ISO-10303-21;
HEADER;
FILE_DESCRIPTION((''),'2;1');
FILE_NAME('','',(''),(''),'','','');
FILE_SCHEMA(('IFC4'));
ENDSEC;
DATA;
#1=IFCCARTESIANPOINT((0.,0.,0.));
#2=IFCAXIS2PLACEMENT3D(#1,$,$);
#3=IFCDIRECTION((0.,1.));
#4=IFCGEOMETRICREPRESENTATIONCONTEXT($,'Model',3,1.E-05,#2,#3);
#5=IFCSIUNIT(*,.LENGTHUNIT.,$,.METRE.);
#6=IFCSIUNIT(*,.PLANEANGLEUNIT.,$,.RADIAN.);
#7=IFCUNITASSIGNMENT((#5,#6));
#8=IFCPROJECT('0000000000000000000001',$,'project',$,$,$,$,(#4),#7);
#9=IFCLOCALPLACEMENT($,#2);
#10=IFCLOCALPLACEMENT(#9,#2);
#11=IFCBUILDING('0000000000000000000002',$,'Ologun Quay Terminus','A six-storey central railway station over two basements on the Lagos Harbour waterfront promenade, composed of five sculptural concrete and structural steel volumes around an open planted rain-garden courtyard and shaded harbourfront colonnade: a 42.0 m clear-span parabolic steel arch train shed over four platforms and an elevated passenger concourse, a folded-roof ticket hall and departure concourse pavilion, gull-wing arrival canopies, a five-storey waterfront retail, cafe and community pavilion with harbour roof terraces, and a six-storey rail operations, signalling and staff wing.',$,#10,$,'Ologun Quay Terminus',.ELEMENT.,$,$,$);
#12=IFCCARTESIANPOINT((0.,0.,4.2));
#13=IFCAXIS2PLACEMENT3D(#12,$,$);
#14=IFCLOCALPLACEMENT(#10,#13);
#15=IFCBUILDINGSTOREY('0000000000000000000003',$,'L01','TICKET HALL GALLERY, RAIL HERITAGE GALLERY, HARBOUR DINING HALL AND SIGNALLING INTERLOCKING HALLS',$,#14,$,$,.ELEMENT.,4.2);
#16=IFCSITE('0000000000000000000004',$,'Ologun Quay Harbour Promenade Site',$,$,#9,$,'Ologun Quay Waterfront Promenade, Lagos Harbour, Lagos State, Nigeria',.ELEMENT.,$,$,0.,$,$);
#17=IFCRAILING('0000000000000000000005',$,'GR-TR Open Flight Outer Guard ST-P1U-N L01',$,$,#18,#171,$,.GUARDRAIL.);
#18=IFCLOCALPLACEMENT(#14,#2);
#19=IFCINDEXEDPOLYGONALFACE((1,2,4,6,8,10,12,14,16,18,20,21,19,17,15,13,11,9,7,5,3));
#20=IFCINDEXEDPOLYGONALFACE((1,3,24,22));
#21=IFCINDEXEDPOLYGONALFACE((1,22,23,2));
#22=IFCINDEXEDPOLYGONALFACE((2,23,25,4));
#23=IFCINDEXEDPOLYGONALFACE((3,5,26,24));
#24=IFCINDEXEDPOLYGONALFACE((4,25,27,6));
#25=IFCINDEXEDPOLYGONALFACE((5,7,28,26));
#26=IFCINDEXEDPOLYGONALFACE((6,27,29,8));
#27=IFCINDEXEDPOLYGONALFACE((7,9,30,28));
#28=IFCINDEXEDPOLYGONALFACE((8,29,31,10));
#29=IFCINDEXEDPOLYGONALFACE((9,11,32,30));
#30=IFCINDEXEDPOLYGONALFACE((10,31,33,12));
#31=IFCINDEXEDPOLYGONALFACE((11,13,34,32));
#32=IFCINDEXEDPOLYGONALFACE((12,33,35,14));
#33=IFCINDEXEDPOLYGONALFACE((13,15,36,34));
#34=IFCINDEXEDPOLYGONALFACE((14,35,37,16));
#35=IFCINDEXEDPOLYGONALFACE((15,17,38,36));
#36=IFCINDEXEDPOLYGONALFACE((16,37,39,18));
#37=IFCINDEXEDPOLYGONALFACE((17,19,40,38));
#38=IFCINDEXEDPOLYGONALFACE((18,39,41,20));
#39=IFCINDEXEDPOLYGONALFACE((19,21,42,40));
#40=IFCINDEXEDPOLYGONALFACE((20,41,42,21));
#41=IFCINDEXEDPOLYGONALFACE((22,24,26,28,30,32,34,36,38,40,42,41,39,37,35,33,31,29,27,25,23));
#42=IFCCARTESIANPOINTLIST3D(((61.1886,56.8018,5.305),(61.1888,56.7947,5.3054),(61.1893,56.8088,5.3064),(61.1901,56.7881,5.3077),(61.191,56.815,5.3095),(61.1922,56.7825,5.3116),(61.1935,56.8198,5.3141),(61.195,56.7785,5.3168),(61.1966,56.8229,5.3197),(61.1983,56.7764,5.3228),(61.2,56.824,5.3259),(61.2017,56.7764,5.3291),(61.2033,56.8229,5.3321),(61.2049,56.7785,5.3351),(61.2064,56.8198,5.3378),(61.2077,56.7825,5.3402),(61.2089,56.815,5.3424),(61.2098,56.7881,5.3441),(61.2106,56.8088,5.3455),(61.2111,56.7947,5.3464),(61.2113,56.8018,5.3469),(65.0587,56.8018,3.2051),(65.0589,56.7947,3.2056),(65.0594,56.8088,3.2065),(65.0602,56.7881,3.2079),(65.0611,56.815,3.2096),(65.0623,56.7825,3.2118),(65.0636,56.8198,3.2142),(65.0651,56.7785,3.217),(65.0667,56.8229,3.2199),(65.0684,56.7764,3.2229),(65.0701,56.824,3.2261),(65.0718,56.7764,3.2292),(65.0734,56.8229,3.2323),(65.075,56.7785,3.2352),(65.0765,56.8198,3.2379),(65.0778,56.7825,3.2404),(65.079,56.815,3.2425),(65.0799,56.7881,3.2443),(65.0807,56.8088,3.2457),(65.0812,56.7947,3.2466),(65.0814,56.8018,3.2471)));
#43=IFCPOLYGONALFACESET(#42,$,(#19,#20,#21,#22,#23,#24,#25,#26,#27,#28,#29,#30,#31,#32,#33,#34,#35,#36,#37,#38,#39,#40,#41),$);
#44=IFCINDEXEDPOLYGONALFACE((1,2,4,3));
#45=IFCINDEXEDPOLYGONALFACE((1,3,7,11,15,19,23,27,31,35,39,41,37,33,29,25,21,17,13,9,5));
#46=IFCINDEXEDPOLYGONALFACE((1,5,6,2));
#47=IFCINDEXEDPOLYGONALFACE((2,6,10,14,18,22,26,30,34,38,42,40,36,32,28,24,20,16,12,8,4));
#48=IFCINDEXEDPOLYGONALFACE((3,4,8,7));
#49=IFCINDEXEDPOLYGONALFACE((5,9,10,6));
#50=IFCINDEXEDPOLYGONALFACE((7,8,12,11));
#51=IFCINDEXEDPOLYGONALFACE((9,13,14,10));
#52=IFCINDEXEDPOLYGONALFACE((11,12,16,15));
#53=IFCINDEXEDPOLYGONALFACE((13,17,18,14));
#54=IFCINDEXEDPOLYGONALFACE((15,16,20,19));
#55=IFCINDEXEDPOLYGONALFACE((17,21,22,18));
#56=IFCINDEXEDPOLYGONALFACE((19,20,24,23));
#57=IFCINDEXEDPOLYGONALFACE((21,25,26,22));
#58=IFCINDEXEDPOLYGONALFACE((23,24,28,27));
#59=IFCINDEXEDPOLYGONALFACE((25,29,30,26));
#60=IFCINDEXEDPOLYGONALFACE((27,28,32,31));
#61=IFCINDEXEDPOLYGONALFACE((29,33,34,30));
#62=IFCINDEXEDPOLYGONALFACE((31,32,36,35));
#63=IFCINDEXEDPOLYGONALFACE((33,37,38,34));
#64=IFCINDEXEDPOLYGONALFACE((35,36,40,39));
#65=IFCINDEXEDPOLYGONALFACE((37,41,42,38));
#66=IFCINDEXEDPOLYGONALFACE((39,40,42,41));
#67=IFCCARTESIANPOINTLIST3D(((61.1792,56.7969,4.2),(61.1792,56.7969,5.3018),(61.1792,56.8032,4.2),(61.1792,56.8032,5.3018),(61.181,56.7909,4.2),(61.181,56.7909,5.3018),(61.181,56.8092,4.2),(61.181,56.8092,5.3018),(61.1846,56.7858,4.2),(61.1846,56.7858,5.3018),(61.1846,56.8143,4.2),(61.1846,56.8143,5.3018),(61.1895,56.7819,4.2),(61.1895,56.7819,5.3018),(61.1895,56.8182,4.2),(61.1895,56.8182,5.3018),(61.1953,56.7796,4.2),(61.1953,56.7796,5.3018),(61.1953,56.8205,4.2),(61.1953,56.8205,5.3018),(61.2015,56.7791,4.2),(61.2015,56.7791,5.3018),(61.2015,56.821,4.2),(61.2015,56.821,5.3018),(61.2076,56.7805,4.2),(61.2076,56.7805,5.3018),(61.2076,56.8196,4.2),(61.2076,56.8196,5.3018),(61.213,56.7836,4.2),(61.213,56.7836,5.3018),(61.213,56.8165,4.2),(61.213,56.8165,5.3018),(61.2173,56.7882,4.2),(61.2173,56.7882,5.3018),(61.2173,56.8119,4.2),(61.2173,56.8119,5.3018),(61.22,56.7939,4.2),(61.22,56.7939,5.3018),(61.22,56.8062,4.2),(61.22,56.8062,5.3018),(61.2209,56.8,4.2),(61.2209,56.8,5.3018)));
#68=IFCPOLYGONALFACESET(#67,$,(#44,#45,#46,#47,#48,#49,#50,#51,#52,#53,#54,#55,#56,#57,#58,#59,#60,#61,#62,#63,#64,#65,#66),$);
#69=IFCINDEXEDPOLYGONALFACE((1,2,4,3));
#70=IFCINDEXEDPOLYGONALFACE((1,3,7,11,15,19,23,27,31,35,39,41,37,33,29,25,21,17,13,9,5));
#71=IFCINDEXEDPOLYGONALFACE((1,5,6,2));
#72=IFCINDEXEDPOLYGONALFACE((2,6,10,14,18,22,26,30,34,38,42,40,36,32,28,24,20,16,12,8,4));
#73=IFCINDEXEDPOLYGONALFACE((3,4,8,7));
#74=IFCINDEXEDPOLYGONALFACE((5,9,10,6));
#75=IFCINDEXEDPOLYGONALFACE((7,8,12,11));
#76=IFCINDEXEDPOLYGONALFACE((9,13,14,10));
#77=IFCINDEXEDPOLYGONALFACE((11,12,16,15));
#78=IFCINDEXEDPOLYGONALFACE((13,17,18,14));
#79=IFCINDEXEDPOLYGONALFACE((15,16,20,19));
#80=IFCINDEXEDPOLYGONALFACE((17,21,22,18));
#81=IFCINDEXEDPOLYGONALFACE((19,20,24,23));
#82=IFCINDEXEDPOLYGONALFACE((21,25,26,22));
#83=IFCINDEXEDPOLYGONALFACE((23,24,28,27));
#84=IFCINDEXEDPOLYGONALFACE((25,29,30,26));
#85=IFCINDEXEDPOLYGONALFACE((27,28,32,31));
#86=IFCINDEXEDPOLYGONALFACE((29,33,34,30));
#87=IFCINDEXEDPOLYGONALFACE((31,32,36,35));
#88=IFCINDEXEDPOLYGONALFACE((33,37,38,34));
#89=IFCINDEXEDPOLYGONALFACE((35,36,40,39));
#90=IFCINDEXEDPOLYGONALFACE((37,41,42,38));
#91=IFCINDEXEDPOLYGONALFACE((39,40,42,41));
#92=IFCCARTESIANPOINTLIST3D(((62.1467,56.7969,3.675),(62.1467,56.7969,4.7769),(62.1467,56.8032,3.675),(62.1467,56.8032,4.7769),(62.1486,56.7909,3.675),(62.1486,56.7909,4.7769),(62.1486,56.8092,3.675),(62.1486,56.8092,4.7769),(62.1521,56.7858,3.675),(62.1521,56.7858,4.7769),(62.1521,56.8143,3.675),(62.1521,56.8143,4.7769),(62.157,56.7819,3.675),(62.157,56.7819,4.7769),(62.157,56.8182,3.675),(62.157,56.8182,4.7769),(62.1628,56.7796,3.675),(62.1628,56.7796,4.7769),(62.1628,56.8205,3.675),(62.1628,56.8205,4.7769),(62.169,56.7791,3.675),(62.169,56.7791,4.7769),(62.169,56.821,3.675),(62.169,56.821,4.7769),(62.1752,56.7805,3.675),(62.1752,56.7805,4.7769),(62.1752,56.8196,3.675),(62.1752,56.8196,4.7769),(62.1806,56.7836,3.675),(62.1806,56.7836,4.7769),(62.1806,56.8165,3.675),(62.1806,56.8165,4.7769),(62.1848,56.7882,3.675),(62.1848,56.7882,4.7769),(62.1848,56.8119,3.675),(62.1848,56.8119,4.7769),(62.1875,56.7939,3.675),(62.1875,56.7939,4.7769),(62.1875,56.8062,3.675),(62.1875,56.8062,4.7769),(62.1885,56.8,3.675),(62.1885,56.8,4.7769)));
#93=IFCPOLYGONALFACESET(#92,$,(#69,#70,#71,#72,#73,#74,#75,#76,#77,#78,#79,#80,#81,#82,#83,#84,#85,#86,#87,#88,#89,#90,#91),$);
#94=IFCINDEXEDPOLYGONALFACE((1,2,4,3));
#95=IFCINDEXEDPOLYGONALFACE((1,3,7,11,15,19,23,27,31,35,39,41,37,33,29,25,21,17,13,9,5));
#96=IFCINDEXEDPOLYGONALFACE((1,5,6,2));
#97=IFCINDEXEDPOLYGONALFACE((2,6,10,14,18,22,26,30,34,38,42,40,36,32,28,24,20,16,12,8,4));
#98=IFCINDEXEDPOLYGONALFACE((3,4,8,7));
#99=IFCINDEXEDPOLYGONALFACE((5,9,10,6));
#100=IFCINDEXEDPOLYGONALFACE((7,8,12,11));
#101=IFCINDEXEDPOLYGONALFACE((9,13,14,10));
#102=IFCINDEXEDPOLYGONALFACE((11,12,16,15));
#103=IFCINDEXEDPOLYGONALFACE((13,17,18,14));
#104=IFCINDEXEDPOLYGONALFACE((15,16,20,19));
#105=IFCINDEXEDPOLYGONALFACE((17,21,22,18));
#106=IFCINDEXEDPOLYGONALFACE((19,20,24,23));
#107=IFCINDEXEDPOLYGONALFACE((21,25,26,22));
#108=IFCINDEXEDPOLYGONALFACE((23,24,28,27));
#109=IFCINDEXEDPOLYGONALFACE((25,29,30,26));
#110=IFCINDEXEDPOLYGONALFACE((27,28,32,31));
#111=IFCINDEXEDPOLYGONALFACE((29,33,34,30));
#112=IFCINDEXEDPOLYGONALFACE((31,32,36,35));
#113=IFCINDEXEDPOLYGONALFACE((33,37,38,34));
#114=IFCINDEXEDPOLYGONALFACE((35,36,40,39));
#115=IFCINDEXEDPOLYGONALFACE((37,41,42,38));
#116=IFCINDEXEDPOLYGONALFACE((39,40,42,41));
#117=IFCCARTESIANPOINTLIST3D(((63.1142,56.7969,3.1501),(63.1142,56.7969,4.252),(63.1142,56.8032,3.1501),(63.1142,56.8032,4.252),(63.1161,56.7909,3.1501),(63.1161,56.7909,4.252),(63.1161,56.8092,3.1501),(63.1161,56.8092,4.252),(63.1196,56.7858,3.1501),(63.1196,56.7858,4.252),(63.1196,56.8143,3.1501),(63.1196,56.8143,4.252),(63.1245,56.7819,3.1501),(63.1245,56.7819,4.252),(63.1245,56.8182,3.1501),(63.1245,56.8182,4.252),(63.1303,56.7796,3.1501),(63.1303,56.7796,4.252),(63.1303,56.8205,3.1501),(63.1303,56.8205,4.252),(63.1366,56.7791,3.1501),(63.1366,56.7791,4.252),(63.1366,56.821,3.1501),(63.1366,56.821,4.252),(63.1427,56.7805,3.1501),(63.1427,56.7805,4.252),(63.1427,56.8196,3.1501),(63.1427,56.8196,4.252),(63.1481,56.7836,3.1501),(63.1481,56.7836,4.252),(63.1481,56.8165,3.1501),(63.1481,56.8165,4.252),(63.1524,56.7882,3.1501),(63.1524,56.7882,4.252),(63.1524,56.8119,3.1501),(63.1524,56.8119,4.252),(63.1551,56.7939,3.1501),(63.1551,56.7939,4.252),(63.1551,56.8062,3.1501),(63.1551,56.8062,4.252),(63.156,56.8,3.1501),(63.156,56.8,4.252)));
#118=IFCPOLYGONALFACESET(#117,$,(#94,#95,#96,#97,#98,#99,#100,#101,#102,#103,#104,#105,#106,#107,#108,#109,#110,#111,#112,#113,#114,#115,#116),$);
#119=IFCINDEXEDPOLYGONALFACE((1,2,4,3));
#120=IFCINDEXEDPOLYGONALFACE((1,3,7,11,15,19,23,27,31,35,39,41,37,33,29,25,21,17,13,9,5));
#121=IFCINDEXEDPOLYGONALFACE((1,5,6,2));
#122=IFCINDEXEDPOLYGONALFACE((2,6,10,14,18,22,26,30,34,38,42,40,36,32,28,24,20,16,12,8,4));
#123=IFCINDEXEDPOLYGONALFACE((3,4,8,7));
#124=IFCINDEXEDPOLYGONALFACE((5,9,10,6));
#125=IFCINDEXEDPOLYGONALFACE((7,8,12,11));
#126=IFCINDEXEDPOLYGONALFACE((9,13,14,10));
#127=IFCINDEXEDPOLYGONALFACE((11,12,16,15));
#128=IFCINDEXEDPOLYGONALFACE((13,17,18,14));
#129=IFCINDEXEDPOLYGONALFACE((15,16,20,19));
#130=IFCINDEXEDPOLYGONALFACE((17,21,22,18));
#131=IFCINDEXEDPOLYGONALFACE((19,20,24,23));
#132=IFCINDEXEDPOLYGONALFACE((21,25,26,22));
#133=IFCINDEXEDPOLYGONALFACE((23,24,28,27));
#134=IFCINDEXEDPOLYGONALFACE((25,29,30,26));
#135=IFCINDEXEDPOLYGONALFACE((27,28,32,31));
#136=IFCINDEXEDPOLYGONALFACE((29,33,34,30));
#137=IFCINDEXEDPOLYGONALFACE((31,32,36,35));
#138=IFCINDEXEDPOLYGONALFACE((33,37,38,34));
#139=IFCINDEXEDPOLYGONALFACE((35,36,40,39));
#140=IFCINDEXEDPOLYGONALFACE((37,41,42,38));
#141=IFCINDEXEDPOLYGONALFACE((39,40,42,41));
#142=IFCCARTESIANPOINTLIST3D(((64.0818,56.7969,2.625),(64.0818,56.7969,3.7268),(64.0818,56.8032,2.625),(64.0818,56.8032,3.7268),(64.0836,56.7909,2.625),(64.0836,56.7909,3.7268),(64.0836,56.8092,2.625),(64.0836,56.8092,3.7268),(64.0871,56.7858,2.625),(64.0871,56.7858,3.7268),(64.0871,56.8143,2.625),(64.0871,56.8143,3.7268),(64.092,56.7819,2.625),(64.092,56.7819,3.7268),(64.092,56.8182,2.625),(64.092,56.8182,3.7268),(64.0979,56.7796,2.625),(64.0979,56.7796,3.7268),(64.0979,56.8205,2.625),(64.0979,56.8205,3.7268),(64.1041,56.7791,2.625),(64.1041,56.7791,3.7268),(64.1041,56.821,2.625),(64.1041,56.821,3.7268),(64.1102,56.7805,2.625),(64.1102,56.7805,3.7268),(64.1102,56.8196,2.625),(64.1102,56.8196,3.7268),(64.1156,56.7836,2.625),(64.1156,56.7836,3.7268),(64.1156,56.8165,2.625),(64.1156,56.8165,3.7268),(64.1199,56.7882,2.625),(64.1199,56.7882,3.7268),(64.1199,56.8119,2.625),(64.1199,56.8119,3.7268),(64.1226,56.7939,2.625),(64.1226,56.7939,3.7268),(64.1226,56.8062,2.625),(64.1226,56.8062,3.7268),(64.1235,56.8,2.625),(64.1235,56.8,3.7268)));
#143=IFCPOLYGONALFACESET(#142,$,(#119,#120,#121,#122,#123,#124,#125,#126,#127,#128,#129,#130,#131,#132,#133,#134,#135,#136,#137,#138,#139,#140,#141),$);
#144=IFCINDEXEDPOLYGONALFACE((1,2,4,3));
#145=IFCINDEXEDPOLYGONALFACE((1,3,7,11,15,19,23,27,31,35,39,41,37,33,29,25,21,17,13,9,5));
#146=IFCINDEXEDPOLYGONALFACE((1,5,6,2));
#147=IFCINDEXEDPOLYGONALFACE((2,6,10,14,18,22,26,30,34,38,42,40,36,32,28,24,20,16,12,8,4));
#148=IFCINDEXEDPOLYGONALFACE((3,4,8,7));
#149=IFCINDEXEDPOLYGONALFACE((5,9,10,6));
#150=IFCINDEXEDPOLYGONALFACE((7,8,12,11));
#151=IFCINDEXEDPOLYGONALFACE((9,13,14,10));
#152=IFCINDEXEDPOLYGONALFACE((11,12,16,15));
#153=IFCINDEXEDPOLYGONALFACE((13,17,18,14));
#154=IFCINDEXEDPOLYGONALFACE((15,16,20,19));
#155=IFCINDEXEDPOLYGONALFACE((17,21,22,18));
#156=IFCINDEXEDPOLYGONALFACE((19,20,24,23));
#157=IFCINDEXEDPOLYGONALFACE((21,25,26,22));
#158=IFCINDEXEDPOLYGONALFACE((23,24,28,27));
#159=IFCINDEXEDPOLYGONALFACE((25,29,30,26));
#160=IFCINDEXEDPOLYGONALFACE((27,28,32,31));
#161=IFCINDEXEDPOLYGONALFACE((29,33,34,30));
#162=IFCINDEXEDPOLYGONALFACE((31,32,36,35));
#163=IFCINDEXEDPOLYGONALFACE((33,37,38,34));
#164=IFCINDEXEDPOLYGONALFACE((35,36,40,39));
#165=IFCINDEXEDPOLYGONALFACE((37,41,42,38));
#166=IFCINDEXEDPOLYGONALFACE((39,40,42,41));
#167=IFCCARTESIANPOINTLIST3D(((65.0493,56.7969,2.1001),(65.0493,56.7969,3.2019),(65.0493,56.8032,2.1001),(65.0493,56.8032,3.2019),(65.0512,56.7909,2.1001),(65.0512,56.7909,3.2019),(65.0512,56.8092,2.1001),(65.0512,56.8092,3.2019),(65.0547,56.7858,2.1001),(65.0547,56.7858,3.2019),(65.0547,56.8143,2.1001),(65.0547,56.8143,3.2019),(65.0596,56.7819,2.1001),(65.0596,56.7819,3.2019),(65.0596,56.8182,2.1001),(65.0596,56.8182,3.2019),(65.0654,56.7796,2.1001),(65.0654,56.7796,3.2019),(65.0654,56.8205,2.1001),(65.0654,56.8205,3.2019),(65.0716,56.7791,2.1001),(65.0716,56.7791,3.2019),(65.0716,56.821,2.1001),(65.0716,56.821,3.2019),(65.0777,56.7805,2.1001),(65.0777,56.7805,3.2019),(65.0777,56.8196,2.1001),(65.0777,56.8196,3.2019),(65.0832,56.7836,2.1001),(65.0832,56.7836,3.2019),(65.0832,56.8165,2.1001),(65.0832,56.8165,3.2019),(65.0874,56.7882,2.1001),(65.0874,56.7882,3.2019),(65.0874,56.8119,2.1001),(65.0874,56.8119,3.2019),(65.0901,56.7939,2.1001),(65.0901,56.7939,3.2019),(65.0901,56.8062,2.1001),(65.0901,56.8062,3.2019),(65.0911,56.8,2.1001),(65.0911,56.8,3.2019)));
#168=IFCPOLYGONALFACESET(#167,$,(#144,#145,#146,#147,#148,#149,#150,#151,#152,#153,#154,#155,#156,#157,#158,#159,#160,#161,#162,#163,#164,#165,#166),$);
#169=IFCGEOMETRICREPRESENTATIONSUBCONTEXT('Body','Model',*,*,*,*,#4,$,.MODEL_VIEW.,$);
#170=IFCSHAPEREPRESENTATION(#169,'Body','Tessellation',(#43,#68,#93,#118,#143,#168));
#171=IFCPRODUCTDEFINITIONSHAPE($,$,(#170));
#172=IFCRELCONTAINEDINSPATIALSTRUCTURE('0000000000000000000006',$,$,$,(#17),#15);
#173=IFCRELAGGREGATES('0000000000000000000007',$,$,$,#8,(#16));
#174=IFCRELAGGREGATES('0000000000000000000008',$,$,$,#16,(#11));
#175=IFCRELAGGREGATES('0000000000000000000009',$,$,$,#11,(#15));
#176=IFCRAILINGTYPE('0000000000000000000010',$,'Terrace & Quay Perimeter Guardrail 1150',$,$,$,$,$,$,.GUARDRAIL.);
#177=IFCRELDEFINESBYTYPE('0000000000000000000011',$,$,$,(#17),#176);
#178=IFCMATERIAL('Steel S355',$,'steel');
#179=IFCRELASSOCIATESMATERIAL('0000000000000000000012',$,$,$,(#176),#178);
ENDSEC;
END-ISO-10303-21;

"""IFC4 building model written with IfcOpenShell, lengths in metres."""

from ifc_helpers import new_model, si_unit, direction, frame, origin, origin_2d, place, context, subcontext, project, spatial, circle, extrude, material, type_object, element, save


model = new_model("IFC4")

# Units and contexts
model_context = context("Model", 3, precision=1e-05, world=origin(), true_north=direction((0.0, 1.0)))
body_context = subcontext(model_context, "Body", "Model", "MODEL_VIEW")
ifc_project = project(units=[si_unit("LENGTHUNIT", "METRE"), si_unit("PLANEANGLEUNIT", "RADIAN")], contexts=[model_context])

# Site, building, storey
site_placement = place(None, origin())
site = spatial("IfcSite", under=ifc_project, at=site_placement, Name="Ologun Quay Harbour Promenade Site", LongName="Ologun Quay Waterfront Promenade, Lagos Harbour, Lagos State, Nigeria", CompositionType="ELEMENT", RefElevation=0.0)
building_placement = place(site_placement, origin())
building = spatial("IfcBuilding", under=site, at=building_placement, Name="Ologun Quay Terminus", Description="A six-storey central railway station over two basements on the Lagos Harbour waterfront promenade, composed of five sculptural concrete and structural steel volumes around an open planted rain-garden courtyard and shaded harbourfront colonnade: a 42.0 m clear-span parabolic steel arch train shed over four platforms and an elevated passenger concourse, a folded-roof ticket hall and departure concourse pavilion, gull-wing arrival canopies, a five-storey waterfront retail, cafe and community pavilion with harbour roof terraces, and a six-storey rail operations, signalling and staff wing.", LongName="Ologun Quay Terminus", CompositionType="ELEMENT")
storey_placement = place(building_placement, frame((0.0, 0.0, 4.2)))
storey = spatial("IfcBuildingStorey", under=building, at=storey_placement, Name="L01", Description="TICKET HALL GALLERY, RAIL HERITAGE GALLERY, HARBOUR DINING HALL AND SIGNALLING INTERLOCKING HALLS", CompositionType="ELEMENT", Elevation=4.2)

# Railing
ifc_material_1 = material(Name="Steel S355", Category="steel")
railing_type_1 = type_object("IfcRailingType", Name="Terrace & Quay Perimeter Guardrail 1150", PredefinedType="GUARDRAIL", material=ifc_material_1)
railing_1_placement = place(storey_placement, frame((61.2, 56.8, 4.2)))
element("IfcRailing", 1, at=railing_1_placement, inside=storey, type_object=railing_type_1, Name="GR-TR Open Flight Outer Guard ST-P1U-N L01", PredefinedType="GUARDRAIL", context=body_context, shape_type="SweptSolid", body=[
    extrude(circle(Radius=0.0239, at=origin_2d()), frame((0.0, 0.0, 1.126), z_axis=(0.878955, 0.0, -0.476905), x_axis=(0.0, 1.0, 0.0)), (0.0, 0.0, 1.0), 4.4031),
    extrude(circle(Radius=0.021, at=origin_2d()), origin(), (0.0, 0.0, 1.0), 1.1018),
    extrude(circle(Radius=0.021, at=origin_2d()), frame((0.9675, 0.0, -0.5249)), (0.0, 0.0, 1.0), 1.1018),
    extrude(circle(Radius=0.021, at=origin_2d()), frame((1.9351, 0.0, -1.0498)), (0.0, 0.0, 1.0), 1.1018),
    extrude(circle(Radius=0.021, at=origin_2d()), frame((2.9026, 0.0, -1.575)), (0.0, 0.0, 1.0), 1.1018),
    extrude(circle(Radius=0.021, at=origin_2d()), frame((3.8701, 0.0, -2.0999)), (0.0, 0.0, 1.0), 1.1018),
])

save(model, "model.ifc")
